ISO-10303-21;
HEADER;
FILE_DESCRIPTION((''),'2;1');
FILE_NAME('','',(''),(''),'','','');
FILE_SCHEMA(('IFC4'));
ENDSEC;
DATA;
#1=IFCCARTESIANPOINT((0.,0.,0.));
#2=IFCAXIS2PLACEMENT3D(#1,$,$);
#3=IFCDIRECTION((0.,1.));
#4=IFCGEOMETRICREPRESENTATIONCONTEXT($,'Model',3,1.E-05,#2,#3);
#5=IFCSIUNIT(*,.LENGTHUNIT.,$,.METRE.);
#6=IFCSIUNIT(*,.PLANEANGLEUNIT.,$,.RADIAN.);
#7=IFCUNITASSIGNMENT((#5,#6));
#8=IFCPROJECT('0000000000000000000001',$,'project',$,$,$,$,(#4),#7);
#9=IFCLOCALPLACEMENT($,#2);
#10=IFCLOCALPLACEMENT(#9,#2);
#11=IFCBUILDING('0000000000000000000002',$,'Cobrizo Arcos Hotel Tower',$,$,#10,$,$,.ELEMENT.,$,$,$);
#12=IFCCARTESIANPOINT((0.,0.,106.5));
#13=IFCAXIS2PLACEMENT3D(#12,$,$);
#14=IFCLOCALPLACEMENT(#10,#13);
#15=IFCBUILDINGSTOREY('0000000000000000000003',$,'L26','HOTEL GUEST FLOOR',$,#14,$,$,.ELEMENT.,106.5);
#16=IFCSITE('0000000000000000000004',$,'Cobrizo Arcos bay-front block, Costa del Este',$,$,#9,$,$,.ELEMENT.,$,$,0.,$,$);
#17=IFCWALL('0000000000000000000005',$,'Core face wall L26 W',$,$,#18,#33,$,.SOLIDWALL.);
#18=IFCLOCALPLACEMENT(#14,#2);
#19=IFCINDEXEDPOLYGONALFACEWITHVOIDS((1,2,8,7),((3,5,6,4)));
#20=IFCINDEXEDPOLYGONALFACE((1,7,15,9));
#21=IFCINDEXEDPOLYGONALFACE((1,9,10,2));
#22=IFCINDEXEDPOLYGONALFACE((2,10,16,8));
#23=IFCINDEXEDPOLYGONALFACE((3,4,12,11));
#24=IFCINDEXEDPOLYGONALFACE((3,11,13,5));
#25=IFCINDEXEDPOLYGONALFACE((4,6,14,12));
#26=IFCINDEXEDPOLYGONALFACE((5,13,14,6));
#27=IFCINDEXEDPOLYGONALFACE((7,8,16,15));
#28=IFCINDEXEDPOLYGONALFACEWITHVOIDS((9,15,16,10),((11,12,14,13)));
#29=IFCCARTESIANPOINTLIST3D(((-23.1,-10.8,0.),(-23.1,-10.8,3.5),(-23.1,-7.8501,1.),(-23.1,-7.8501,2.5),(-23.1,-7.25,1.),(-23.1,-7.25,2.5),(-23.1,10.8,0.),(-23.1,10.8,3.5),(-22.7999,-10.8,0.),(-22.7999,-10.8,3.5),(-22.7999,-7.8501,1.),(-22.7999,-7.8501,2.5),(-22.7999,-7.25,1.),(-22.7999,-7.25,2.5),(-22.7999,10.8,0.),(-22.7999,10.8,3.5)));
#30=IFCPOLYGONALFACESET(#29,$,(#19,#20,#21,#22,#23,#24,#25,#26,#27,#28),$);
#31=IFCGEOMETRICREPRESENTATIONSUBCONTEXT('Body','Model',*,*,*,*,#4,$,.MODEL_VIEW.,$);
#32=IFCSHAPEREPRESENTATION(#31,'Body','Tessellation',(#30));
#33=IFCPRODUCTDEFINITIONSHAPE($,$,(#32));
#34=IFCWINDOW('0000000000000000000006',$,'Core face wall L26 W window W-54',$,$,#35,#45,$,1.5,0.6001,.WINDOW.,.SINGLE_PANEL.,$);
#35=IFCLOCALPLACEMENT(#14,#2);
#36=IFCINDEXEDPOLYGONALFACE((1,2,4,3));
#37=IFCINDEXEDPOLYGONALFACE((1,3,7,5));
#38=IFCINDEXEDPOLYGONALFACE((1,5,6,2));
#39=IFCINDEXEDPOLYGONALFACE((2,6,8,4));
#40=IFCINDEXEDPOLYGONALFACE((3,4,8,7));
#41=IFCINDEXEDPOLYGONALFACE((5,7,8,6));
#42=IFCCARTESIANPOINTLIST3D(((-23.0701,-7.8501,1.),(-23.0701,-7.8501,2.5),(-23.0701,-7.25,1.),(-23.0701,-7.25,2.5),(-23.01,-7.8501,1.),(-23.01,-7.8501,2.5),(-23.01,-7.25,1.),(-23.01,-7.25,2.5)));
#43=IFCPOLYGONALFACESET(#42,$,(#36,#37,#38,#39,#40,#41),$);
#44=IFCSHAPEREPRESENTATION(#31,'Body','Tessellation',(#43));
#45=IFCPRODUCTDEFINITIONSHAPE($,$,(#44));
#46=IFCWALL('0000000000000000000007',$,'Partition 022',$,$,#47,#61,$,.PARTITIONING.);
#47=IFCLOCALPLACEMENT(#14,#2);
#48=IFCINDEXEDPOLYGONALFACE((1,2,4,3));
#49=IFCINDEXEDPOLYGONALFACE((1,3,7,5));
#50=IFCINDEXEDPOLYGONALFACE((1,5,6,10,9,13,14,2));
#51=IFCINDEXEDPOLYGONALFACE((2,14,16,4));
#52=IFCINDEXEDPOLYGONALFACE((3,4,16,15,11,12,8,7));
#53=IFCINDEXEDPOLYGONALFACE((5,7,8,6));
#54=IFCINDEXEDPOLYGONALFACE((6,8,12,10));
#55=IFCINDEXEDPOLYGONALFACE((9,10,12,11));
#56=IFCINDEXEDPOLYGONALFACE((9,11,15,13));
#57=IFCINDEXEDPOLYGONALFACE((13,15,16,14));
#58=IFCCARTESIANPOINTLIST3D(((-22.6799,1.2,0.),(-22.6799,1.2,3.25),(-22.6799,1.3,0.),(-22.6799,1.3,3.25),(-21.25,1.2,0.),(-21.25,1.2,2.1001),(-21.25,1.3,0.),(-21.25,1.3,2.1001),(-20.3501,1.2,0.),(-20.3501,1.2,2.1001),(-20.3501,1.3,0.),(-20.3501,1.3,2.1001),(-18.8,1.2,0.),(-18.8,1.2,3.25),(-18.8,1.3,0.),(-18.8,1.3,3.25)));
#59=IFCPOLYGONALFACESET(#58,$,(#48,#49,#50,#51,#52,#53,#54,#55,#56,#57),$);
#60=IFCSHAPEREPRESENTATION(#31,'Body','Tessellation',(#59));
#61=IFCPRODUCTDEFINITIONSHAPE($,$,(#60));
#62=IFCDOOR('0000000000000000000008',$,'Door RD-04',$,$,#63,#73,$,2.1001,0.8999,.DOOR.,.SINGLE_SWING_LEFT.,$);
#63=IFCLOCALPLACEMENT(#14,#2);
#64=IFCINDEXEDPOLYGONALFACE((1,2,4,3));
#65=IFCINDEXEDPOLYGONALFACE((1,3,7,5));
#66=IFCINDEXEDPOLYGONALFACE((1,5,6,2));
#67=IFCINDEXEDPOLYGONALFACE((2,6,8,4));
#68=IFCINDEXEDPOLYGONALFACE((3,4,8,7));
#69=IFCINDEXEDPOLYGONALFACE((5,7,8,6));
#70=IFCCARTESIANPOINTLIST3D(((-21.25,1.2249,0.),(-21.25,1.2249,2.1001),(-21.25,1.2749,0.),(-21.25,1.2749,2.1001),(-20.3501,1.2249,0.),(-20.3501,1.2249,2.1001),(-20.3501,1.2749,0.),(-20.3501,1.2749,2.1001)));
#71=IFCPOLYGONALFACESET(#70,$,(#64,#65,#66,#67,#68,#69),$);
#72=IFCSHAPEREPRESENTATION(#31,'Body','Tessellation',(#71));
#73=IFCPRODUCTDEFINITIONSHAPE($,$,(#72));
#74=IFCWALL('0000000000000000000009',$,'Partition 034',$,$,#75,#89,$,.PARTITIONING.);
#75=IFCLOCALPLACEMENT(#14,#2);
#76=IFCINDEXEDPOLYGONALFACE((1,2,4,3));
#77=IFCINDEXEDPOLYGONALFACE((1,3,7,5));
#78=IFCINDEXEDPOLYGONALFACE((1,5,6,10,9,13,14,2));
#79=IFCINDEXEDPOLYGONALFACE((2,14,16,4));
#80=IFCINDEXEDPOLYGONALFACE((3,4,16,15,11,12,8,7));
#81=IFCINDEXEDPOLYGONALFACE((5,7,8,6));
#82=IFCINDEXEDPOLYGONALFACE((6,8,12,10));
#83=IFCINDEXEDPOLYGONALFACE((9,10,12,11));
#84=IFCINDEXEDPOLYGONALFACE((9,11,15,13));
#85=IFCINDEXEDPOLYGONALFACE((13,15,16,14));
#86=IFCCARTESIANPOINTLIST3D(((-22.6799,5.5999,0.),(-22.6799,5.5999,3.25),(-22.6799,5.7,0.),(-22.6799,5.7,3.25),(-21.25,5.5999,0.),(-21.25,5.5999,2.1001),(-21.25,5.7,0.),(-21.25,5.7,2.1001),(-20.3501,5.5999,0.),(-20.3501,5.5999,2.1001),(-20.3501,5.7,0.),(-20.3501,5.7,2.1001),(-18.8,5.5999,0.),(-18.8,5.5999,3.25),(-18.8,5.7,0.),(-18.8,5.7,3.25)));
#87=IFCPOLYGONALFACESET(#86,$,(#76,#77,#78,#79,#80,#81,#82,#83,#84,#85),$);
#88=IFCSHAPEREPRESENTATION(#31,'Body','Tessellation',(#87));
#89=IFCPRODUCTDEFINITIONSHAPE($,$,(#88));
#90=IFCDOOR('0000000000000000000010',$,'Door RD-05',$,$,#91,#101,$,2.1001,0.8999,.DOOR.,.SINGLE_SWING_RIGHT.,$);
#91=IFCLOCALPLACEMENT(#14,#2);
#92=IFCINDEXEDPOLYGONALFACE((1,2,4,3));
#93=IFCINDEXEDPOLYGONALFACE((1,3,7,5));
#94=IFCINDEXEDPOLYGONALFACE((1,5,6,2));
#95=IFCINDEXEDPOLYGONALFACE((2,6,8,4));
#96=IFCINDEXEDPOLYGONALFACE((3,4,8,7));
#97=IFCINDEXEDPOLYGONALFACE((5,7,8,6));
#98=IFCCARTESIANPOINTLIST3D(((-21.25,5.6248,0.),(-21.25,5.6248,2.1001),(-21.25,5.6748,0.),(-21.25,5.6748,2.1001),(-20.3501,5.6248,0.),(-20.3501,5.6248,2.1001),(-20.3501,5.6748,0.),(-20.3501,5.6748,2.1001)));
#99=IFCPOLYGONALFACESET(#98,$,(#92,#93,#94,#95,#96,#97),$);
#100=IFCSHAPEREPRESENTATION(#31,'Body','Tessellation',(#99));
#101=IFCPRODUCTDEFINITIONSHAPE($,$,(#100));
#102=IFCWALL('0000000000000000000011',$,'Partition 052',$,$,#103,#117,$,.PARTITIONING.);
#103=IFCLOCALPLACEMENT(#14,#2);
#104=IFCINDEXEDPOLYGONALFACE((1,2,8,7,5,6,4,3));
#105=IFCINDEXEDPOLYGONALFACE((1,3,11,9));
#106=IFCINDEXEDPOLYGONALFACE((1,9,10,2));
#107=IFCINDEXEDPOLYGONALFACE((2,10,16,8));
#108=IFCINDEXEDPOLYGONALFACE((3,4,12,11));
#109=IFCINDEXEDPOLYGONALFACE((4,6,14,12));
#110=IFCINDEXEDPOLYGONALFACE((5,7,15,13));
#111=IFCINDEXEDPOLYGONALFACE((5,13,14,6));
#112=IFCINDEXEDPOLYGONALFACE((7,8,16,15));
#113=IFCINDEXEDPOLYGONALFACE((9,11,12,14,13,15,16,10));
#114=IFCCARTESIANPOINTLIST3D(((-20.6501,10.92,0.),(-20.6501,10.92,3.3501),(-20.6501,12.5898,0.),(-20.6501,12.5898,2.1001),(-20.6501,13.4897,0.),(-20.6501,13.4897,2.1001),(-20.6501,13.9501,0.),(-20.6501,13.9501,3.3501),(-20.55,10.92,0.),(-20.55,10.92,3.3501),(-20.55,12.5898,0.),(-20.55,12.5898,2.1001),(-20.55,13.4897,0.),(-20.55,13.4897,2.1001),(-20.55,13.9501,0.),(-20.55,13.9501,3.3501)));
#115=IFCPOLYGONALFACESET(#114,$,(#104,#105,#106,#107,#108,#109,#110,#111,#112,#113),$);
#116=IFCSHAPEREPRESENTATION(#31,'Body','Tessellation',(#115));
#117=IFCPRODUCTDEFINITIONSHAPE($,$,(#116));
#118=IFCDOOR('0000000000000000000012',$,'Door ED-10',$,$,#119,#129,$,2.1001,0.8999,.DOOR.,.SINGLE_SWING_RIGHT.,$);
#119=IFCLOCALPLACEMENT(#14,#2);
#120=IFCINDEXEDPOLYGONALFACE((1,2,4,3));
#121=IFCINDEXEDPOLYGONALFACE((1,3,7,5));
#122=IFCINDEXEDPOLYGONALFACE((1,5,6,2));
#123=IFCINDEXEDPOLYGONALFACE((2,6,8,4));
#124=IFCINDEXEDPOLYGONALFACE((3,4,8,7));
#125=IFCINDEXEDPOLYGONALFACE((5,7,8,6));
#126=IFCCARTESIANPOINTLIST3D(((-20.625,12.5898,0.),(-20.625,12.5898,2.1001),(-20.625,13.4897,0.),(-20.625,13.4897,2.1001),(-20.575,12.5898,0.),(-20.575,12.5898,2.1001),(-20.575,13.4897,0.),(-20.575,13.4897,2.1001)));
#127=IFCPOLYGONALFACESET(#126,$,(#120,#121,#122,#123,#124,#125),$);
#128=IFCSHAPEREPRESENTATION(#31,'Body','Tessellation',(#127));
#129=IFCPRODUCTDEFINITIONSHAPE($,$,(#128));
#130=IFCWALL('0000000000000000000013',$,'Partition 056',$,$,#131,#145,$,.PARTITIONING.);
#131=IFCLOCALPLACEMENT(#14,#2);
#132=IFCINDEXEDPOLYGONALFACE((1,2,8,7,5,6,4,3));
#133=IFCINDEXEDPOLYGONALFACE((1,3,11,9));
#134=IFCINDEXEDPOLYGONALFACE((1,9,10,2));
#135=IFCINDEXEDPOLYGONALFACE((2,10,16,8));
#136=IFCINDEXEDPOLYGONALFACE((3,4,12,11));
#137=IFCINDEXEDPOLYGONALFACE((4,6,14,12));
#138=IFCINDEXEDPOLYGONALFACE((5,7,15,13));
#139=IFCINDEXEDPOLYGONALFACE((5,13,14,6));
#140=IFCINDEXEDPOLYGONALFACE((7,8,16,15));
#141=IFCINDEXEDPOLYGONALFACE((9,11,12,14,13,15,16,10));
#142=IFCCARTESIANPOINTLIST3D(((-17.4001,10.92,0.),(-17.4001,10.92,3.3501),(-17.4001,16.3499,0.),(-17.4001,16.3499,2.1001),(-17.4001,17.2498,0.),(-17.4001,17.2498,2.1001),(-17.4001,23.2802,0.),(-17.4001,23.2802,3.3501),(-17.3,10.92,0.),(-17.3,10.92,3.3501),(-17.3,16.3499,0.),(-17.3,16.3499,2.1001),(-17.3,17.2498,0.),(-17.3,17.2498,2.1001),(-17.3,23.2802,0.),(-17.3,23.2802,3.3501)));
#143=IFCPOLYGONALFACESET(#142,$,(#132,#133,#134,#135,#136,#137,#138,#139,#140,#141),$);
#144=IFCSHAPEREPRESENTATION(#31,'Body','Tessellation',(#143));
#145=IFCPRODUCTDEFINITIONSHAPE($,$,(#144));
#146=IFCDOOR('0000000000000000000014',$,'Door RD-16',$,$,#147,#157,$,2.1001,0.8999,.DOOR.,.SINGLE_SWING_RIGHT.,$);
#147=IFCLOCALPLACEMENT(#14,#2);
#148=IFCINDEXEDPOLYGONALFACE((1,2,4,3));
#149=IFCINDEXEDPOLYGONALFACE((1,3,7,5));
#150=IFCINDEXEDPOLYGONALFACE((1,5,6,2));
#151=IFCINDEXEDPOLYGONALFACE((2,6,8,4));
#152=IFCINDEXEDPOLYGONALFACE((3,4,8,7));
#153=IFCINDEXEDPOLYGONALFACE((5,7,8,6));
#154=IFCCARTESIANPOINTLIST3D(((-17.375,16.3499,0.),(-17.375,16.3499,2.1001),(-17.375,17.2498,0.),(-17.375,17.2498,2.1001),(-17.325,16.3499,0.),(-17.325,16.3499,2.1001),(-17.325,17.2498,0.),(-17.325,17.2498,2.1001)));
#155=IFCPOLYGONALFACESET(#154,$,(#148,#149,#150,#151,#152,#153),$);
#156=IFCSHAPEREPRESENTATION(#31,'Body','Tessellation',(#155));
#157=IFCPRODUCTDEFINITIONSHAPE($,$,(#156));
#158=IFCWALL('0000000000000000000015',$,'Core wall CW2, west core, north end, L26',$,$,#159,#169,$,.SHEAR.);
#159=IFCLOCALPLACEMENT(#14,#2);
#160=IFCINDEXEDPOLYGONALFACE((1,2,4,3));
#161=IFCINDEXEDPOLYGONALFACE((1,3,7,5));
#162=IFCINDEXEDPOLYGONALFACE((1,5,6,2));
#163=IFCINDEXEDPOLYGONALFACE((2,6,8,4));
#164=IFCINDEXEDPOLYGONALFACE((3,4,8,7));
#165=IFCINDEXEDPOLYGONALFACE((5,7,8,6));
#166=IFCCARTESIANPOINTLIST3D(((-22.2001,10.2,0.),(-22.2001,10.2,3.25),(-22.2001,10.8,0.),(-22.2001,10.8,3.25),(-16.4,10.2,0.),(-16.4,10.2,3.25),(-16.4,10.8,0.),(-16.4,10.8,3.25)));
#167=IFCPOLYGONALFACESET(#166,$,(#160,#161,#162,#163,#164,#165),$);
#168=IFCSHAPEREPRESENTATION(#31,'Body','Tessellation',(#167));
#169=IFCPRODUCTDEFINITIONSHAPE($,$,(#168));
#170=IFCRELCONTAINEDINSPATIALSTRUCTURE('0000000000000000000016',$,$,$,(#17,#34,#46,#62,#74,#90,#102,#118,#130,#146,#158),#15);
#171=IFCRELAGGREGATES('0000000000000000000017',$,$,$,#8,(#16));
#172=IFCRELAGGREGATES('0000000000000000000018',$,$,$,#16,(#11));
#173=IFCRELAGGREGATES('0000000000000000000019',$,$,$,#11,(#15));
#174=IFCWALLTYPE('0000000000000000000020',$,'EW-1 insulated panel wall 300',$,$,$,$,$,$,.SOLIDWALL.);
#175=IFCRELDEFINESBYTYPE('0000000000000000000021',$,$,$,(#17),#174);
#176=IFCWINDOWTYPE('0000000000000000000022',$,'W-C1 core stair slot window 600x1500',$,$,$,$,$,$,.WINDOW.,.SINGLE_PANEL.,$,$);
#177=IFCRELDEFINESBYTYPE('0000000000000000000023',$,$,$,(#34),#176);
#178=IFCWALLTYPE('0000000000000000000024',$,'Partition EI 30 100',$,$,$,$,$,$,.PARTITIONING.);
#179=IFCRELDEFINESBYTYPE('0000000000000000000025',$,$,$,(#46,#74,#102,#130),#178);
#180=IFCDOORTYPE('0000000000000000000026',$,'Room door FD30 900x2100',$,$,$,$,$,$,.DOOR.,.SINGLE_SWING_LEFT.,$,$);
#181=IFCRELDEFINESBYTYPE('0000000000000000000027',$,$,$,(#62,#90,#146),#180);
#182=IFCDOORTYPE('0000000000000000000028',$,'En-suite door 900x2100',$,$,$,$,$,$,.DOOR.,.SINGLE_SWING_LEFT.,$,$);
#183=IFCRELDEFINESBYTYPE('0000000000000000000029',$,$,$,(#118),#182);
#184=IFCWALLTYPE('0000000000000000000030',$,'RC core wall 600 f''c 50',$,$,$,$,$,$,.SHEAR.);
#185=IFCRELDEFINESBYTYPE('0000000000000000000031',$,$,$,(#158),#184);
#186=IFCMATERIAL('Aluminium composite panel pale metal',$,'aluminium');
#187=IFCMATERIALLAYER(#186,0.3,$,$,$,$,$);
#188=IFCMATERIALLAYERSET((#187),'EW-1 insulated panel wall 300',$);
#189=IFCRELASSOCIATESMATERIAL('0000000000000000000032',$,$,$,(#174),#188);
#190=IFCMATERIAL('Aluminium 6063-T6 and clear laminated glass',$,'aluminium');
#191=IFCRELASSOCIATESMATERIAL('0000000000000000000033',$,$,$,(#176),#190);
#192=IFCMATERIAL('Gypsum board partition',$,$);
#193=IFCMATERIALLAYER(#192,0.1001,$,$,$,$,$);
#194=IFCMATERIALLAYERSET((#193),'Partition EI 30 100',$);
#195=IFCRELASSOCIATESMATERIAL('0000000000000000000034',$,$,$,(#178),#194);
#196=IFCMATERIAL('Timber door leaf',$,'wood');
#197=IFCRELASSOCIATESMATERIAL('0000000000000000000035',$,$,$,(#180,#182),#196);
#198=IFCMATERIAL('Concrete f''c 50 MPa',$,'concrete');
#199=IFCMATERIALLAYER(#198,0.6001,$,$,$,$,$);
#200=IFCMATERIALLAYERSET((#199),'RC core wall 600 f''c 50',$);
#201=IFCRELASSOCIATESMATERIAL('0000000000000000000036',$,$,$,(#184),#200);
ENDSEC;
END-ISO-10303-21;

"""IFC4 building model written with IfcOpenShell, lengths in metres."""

from ifc_helpers import new_model, si_unit, direction, frame, frame_2d, origin, place, context, subcontext, project, spatial, rectangle, extrude, material, layer, layer_set, type_object, element, fill, save


model = new_model("IFC4")

# Units and contexts
model_context = context("Model", 3, precision=1e-05, world=origin(), true_north=direction((0.0, 1.0)))
body_context = subcontext(model_context, "Body", "Model", "MODEL_VIEW")
ifc_project = project(units=[si_unit("LENGTHUNIT", "METRE"), si_unit("PLANEANGLEUNIT", "RADIAN")], contexts=[model_context])

# Site, building, storey
site_placement = place(None, origin())
site = spatial("IfcSite", under=ifc_project, at=site_placement, Name="Cobrizo Arcos bay-front block, Costa del Este", CompositionType="ELEMENT", RefElevation=0.0)
building_placement = place(site_placement, origin())
building = spatial("IfcBuilding", under=site, at=building_placement, Name="Cobrizo Arcos Hotel Tower", CompositionType="ELEMENT")
storey_placement = place(building_placement, frame((0.0, 0.0, 106.5)))
storey = spatial("IfcBuildingStorey", under=building, at=storey_placement, Name="L26", Description="HOTEL GUEST FLOOR", CompositionType="ELEMENT", Elevation=106.5)

# Shared definitions
ifc_material_1 = material(Name="Aluminium composite panel pale metal", Category="aluminium")

# Wall, opening, window
ifc_layer_1 = layer(ifc_material_1, 0.3)
ifc_layer_set_1 = layer_set([ifc_layer_1], Name="EW-1 insulated panel wall 300")
wall_type_1 = type_object("IfcWallType", Name="EW-1 insulated panel wall 300", PredefinedType="SOLIDWALL", material=ifc_layer_set_1)
wall_1_placement = place(storey_placement, frame((-22.95, 10.8, 0.0), z_axis=(0.0, 0.0, 1.0), x_axis=(0.0, -1.0, 0.0)))
wall_1 = element("IfcWall", 1, at=wall_1_placement, inside=storey, type_object=wall_type_1, Name="Core face wall L26 W", PredefinedType="SOLIDWALL", context=body_context, shape_type="SweptSolid", body=[
    extrude(rectangle(XDim=21.6001, YDim=0.3, at=frame_2d((10.8, 0.0))), origin(), (0.0, 0.0, 1.0), 3.5),
])
opening_1_placement = place(wall_1_placement, frame((18.05, 0.0, 1.0)))
opening_1 = element("IfcOpeningElement", 2, at=opening_1_placement, cuts=wall_1, PredefinedType="OPENING", context=body_context, shape_type="SweptSolid", body=[
    extrude(rectangle(XDim=0.6001, YDim=1.5, at=frame_2d((0.3, 0.75))), frame((0.0, 0.1621, 0.0), z_axis=(0.0, -1.0, 0.0), x_axis=(1.0, 0.0, 0.0)), (0.0, 0.0, 1.0), 0.324),
])
ifc_material_2 = material(Name="Aluminium 6063-T6 and clear laminated glass", Category="aluminium")
window_type = type_object("IfcWindowType", Name="W-C1 core stair slot window 600x1500", PartitioningType="SINGLE_PANEL", PredefinedType="WINDOW", material=ifc_material_2)
window_placement = place(opening_1_placement, origin())
window = element("IfcWindow", 3, at=window_placement, inside=storey, type_object=window_type, Name="Core face wall L26 W window W-54", OverallHeight=1.5, OverallWidth=0.6001, PartitioningType="SINGLE_PANEL", PredefinedType="WINDOW", context=body_context, shape_type="SweptSolid", body=[
    extrude(rectangle(XDim=0.6001, YDim=1.5, at=frame_2d((0.3, 0.75))), frame((0.0, -0.0601, 0.0), z_axis=(0.0, -1.0, 0.0), x_axis=(1.0, 0.0, 0.0)), (0.0, 0.0, 1.0), 0.0601),
])
fill(opening_1, window)

# Walls, openings, doors
ifc_material_3 = material(Name="Gypsum board partition")
ifc_layer_2 = layer(ifc_material_3, 0.1001)
ifc_layer_set_2 = layer_set([ifc_layer_2], Name="Partition EI 30 100")
wall_type_2 = type_object("IfcWallType", Name="Partition EI 30 100", PredefinedType="PARTITIONING", material=ifc_layer_set_2)
wall_2_placement = place(storey_placement, frame((-22.6799, 1.25, 0.0), z_axis=(0.0, 0.0, 1.0), x_axis=(1.0, 0.0, 0.0)))
wall_2 = element("IfcWall", 4, at=wall_2_placement, inside=storey, type_object=wall_type_2, Name="Partition 022", PredefinedType="PARTITIONING", context=body_context, shape_type="SweptSolid", body=[
    extrude(rectangle(XDim=3.8799, YDim=0.1001, at=frame_2d((1.9399, 0.0))), origin(), (0.0, 0.0, 1.0), 3.25),
])
opening_2_placement = place(wall_2_placement, frame((1.4299, 0.0, 0.0)))
opening_2 = element("IfcOpeningElement", 5, at=opening_2_placement, cuts=wall_2, PredefinedType="OPENING", context=body_context, shape_type="SweptSolid", body=[
    extrude(rectangle(XDim=0.8999, YDim=2.1001, at=frame_2d((0.45, 1.05))), frame((0.0, 0.062, 0.0), z_axis=(0.0, -1.0, 0.0), x_axis=(1.0, 0.0, 0.0)), (0.0, 0.0, 1.0), 0.124),
])
ifc_material_4 = material(Name="Timber door leaf", Category="wood")
door_type_1 = type_object("IfcDoorType", Name="Room door FD30 900x2100", OperationType="SINGLE_SWING_LEFT", PredefinedType="DOOR", material=ifc_material_4)
door_1_placement = place(opening_2_placement, origin())
door_1 = element("IfcDoor", 6, at=door_1_placement, inside=storey, type_object=door_type_1, Name="Door RD-04", OperationType="SINGLE_SWING_LEFT", OverallHeight=2.1001, OverallWidth=0.8999, PredefinedType="DOOR", context=body_context, shape_type="SweptSolid", body=[
    extrude(rectangle(XDim=0.8999, YDim=2.1001, at=frame_2d((0.45, 1.05))), frame((0.0, 0.0249, 0.0), z_axis=(0.0, -1.0, 0.0), x_axis=(1.0, 0.0, 0.0)), (0.0, 0.0, 1.0), 0.05),
])
fill(opening_2, door_1)
wall_3_placement = place(storey_placement, frame((-22.6799, 5.6499, 0.0), z_axis=(0.0, 0.0, 1.0), x_axis=(1.0, 0.0, 0.0)))
wall_3 = element("IfcWall", 7, at=wall_3_placement, inside=storey, type_object=wall_type_2, Name="Partition 034", PredefinedType="PARTITIONING", context=body_context, shape_type="SweptSolid", body=[
    extrude(rectangle(XDim=3.8799, YDim=0.1001, at=frame_2d((1.9399, 0.0))), origin(), (0.0, 0.0, 1.0), 3.25),
])
opening_3_placement = place(wall_3_placement, frame((1.4299, 0.0, 0.0)))
opening_3 = element("IfcOpeningElement", 8, at=opening_3_placement, cuts=wall_3, PredefinedType="OPENING", context=body_context, shape_type="SweptSolid", body=[
    extrude(rectangle(XDim=0.8999, YDim=2.1001, at=frame_2d((0.45, 1.05))), frame((0.0, 0.062, 0.0), z_axis=(0.0, -1.0, 0.0), x_axis=(1.0, 0.0, 0.0)), (0.0, 0.0, 1.0), 0.124),
])
door_2_placement = place(opening_3_placement, origin())
door_2 = element("IfcDoor", 9, at=door_2_placement, inside=storey, type_object=door_type_1, Name="Door RD-05", OperationType="SINGLE_SWING_RIGHT", OverallHeight=2.1001, OverallWidth=0.8999, PredefinedType="DOOR", context=body_context, shape_type="SweptSolid", body=[
    extrude(rectangle(XDim=0.8999, YDim=2.1001, at=frame_2d((0.45, 1.05))), frame((0.0, 0.0249, 0.0), z_axis=(0.0, -1.0, 0.0), x_axis=(1.0, 0.0, 0.0)), (0.0, 0.0, 1.0), 0.05),
])
fill(opening_3, door_2)
wall_4_placement = place(storey_placement, frame((-20.6001, 10.9199, 0.0), z_axis=(0.0, 0.0, 1.0), x_axis=(0.0, 1.0, 0.0)))
wall_4 = element("IfcWall", 10, at=wall_4_placement, inside=storey, type_object=wall_type_2, Name="Partition 052", PredefinedType="PARTITIONING", context=body_context, shape_type="SweptSolid", body=[
    extrude(rectangle(XDim=3.03, YDim=0.1001, at=frame_2d((1.5151, 0.0))), origin(), (0.0, 0.0, 1.0), 3.3501),
])
opening_4_placement = place(wall_4_placement, frame((1.6699, 0.0, 0.0)))
opening_4 = element("IfcOpeningElement", 11, at=opening_4_placement, cuts=wall_4, PredefinedType="OPENING", context=body_context, shape_type="SweptSolid", body=[
    extrude(rectangle(XDim=0.8999, YDim=2.1001, at=frame_2d((0.45, 1.05))), frame((0.0, 0.062, 0.0), z_axis=(0.0, -1.0, 0.0), x_axis=(1.0, 0.0, 0.0)), (0.0, 0.0, 1.0), 0.124),
])
door_type_2 = type_object("IfcDoorType", Name="En-suite door 900x2100", OperationType="SINGLE_SWING_LEFT", PredefinedType="DOOR", material=ifc_material_4)
door_3_placement = place(opening_4_placement, origin())
door_3 = element("IfcDoor", 12, at=door_3_placement, inside=storey, type_object=door_type_2, Name="Door ED-10", OperationType="SINGLE_SWING_RIGHT", OverallHeight=2.1001, OverallWidth=0.8999, PredefinedType="DOOR", context=body_context, shape_type="SweptSolid", body=[
    extrude(rectangle(XDim=0.8999, YDim=2.1001, at=frame_2d((0.45, 1.05))), frame((0.0, 0.0249, 0.0), z_axis=(0.0, -1.0, 0.0), x_axis=(1.0, 0.0, 0.0)), (0.0, 0.0, 1.0), 0.05),
])
fill(opening_4, door_3)
wall_5_placement = place(storey_placement, frame((-17.3501, 10.9199, 0.0), z_axis=(0.0, 0.0, 1.0), x_axis=(0.0, 1.0, 0.0)))
wall_5 = element("IfcWall", 13, at=wall_5_placement, inside=storey, type_object=wall_type_2, Name="Partition 056", PredefinedType="PARTITIONING", context=body_context, shape_type="SweptSolid", body=[
    extrude(rectangle(XDim=12.3601, YDim=0.1001, at=frame_2d((6.1802, 0.0))), origin(), (0.0, 0.0, 1.0), 3.3501),
])
opening_5_placement = place(wall_5_placement, frame((5.4299, 0.0, 0.0)))
opening_5 = element("IfcOpeningElement", 14, at=opening_5_placement, cuts=wall_5, PredefinedType="OPENING", context=body_context, shape_type="SweptSolid", body=[
    extrude(rectangle(XDim=0.8999, YDim=2.1001, at=frame_2d((0.45, 1.05))), frame((0.0, 0.062, 0.0), z_axis=(0.0, -1.0, 0.0), x_axis=(1.0, 0.0, 0.0)), (0.0, 0.0, 1.0), 0.124),
])
door_4_placement = place(opening_5_placement, origin())
door_4 = element("IfcDoor", 15, at=door_4_placement, inside=storey, type_object=door_type_1, Name="Door RD-16", OperationType="SINGLE_SWING_RIGHT", OverallHeight=2.1001, OverallWidth=0.8999, PredefinedType="DOOR", context=body_context, shape_type="SweptSolid", body=[
    extrude(rectangle(XDim=0.8999, YDim=2.1001, at=frame_2d((0.45, 1.05))), frame((0.0, 0.0249, 0.0), z_axis=(0.0, -1.0, 0.0), x_axis=(1.0, 0.0, 0.0)), (0.0, 0.0, 1.0), 0.05),
])
fill(opening_5, door_4)

# Wall
ifc_material_5 = material(Name="Concrete f'c 50 MPa", Category="concrete")
ifc_layer_3 = layer(ifc_material_5, 0.6001)
ifc_layer_set_3 = layer_set([ifc_layer_3], Name="RC core wall 600 f'c 50")
wall_type_3 = type_object("IfcWallType", Name="RC core wall 600 f'c 50", PredefinedType="SHEAR", material=ifc_layer_set_3)
wall_6_placement = place(storey_placement, frame((-22.2, 10.5, 0.0), z_axis=(0.0, 0.0, 1.0), x_axis=(1.0, 0.0, 0.0)))
element("IfcWall", 16, at=wall_6_placement, inside=storey, type_object=wall_type_3, Name="Core wall CW2, west core, north end, L26", PredefinedType="SHEAR", context=body_context, shape_type="SweptSolid", body=[
    extrude(rectangle(XDim=5.8, YDim=0.6001, at=frame_2d((2.8999, 0.0))), origin(), (0.0, 0.0, 1.0), 3.25),
])

save(model, "model.ifc")
